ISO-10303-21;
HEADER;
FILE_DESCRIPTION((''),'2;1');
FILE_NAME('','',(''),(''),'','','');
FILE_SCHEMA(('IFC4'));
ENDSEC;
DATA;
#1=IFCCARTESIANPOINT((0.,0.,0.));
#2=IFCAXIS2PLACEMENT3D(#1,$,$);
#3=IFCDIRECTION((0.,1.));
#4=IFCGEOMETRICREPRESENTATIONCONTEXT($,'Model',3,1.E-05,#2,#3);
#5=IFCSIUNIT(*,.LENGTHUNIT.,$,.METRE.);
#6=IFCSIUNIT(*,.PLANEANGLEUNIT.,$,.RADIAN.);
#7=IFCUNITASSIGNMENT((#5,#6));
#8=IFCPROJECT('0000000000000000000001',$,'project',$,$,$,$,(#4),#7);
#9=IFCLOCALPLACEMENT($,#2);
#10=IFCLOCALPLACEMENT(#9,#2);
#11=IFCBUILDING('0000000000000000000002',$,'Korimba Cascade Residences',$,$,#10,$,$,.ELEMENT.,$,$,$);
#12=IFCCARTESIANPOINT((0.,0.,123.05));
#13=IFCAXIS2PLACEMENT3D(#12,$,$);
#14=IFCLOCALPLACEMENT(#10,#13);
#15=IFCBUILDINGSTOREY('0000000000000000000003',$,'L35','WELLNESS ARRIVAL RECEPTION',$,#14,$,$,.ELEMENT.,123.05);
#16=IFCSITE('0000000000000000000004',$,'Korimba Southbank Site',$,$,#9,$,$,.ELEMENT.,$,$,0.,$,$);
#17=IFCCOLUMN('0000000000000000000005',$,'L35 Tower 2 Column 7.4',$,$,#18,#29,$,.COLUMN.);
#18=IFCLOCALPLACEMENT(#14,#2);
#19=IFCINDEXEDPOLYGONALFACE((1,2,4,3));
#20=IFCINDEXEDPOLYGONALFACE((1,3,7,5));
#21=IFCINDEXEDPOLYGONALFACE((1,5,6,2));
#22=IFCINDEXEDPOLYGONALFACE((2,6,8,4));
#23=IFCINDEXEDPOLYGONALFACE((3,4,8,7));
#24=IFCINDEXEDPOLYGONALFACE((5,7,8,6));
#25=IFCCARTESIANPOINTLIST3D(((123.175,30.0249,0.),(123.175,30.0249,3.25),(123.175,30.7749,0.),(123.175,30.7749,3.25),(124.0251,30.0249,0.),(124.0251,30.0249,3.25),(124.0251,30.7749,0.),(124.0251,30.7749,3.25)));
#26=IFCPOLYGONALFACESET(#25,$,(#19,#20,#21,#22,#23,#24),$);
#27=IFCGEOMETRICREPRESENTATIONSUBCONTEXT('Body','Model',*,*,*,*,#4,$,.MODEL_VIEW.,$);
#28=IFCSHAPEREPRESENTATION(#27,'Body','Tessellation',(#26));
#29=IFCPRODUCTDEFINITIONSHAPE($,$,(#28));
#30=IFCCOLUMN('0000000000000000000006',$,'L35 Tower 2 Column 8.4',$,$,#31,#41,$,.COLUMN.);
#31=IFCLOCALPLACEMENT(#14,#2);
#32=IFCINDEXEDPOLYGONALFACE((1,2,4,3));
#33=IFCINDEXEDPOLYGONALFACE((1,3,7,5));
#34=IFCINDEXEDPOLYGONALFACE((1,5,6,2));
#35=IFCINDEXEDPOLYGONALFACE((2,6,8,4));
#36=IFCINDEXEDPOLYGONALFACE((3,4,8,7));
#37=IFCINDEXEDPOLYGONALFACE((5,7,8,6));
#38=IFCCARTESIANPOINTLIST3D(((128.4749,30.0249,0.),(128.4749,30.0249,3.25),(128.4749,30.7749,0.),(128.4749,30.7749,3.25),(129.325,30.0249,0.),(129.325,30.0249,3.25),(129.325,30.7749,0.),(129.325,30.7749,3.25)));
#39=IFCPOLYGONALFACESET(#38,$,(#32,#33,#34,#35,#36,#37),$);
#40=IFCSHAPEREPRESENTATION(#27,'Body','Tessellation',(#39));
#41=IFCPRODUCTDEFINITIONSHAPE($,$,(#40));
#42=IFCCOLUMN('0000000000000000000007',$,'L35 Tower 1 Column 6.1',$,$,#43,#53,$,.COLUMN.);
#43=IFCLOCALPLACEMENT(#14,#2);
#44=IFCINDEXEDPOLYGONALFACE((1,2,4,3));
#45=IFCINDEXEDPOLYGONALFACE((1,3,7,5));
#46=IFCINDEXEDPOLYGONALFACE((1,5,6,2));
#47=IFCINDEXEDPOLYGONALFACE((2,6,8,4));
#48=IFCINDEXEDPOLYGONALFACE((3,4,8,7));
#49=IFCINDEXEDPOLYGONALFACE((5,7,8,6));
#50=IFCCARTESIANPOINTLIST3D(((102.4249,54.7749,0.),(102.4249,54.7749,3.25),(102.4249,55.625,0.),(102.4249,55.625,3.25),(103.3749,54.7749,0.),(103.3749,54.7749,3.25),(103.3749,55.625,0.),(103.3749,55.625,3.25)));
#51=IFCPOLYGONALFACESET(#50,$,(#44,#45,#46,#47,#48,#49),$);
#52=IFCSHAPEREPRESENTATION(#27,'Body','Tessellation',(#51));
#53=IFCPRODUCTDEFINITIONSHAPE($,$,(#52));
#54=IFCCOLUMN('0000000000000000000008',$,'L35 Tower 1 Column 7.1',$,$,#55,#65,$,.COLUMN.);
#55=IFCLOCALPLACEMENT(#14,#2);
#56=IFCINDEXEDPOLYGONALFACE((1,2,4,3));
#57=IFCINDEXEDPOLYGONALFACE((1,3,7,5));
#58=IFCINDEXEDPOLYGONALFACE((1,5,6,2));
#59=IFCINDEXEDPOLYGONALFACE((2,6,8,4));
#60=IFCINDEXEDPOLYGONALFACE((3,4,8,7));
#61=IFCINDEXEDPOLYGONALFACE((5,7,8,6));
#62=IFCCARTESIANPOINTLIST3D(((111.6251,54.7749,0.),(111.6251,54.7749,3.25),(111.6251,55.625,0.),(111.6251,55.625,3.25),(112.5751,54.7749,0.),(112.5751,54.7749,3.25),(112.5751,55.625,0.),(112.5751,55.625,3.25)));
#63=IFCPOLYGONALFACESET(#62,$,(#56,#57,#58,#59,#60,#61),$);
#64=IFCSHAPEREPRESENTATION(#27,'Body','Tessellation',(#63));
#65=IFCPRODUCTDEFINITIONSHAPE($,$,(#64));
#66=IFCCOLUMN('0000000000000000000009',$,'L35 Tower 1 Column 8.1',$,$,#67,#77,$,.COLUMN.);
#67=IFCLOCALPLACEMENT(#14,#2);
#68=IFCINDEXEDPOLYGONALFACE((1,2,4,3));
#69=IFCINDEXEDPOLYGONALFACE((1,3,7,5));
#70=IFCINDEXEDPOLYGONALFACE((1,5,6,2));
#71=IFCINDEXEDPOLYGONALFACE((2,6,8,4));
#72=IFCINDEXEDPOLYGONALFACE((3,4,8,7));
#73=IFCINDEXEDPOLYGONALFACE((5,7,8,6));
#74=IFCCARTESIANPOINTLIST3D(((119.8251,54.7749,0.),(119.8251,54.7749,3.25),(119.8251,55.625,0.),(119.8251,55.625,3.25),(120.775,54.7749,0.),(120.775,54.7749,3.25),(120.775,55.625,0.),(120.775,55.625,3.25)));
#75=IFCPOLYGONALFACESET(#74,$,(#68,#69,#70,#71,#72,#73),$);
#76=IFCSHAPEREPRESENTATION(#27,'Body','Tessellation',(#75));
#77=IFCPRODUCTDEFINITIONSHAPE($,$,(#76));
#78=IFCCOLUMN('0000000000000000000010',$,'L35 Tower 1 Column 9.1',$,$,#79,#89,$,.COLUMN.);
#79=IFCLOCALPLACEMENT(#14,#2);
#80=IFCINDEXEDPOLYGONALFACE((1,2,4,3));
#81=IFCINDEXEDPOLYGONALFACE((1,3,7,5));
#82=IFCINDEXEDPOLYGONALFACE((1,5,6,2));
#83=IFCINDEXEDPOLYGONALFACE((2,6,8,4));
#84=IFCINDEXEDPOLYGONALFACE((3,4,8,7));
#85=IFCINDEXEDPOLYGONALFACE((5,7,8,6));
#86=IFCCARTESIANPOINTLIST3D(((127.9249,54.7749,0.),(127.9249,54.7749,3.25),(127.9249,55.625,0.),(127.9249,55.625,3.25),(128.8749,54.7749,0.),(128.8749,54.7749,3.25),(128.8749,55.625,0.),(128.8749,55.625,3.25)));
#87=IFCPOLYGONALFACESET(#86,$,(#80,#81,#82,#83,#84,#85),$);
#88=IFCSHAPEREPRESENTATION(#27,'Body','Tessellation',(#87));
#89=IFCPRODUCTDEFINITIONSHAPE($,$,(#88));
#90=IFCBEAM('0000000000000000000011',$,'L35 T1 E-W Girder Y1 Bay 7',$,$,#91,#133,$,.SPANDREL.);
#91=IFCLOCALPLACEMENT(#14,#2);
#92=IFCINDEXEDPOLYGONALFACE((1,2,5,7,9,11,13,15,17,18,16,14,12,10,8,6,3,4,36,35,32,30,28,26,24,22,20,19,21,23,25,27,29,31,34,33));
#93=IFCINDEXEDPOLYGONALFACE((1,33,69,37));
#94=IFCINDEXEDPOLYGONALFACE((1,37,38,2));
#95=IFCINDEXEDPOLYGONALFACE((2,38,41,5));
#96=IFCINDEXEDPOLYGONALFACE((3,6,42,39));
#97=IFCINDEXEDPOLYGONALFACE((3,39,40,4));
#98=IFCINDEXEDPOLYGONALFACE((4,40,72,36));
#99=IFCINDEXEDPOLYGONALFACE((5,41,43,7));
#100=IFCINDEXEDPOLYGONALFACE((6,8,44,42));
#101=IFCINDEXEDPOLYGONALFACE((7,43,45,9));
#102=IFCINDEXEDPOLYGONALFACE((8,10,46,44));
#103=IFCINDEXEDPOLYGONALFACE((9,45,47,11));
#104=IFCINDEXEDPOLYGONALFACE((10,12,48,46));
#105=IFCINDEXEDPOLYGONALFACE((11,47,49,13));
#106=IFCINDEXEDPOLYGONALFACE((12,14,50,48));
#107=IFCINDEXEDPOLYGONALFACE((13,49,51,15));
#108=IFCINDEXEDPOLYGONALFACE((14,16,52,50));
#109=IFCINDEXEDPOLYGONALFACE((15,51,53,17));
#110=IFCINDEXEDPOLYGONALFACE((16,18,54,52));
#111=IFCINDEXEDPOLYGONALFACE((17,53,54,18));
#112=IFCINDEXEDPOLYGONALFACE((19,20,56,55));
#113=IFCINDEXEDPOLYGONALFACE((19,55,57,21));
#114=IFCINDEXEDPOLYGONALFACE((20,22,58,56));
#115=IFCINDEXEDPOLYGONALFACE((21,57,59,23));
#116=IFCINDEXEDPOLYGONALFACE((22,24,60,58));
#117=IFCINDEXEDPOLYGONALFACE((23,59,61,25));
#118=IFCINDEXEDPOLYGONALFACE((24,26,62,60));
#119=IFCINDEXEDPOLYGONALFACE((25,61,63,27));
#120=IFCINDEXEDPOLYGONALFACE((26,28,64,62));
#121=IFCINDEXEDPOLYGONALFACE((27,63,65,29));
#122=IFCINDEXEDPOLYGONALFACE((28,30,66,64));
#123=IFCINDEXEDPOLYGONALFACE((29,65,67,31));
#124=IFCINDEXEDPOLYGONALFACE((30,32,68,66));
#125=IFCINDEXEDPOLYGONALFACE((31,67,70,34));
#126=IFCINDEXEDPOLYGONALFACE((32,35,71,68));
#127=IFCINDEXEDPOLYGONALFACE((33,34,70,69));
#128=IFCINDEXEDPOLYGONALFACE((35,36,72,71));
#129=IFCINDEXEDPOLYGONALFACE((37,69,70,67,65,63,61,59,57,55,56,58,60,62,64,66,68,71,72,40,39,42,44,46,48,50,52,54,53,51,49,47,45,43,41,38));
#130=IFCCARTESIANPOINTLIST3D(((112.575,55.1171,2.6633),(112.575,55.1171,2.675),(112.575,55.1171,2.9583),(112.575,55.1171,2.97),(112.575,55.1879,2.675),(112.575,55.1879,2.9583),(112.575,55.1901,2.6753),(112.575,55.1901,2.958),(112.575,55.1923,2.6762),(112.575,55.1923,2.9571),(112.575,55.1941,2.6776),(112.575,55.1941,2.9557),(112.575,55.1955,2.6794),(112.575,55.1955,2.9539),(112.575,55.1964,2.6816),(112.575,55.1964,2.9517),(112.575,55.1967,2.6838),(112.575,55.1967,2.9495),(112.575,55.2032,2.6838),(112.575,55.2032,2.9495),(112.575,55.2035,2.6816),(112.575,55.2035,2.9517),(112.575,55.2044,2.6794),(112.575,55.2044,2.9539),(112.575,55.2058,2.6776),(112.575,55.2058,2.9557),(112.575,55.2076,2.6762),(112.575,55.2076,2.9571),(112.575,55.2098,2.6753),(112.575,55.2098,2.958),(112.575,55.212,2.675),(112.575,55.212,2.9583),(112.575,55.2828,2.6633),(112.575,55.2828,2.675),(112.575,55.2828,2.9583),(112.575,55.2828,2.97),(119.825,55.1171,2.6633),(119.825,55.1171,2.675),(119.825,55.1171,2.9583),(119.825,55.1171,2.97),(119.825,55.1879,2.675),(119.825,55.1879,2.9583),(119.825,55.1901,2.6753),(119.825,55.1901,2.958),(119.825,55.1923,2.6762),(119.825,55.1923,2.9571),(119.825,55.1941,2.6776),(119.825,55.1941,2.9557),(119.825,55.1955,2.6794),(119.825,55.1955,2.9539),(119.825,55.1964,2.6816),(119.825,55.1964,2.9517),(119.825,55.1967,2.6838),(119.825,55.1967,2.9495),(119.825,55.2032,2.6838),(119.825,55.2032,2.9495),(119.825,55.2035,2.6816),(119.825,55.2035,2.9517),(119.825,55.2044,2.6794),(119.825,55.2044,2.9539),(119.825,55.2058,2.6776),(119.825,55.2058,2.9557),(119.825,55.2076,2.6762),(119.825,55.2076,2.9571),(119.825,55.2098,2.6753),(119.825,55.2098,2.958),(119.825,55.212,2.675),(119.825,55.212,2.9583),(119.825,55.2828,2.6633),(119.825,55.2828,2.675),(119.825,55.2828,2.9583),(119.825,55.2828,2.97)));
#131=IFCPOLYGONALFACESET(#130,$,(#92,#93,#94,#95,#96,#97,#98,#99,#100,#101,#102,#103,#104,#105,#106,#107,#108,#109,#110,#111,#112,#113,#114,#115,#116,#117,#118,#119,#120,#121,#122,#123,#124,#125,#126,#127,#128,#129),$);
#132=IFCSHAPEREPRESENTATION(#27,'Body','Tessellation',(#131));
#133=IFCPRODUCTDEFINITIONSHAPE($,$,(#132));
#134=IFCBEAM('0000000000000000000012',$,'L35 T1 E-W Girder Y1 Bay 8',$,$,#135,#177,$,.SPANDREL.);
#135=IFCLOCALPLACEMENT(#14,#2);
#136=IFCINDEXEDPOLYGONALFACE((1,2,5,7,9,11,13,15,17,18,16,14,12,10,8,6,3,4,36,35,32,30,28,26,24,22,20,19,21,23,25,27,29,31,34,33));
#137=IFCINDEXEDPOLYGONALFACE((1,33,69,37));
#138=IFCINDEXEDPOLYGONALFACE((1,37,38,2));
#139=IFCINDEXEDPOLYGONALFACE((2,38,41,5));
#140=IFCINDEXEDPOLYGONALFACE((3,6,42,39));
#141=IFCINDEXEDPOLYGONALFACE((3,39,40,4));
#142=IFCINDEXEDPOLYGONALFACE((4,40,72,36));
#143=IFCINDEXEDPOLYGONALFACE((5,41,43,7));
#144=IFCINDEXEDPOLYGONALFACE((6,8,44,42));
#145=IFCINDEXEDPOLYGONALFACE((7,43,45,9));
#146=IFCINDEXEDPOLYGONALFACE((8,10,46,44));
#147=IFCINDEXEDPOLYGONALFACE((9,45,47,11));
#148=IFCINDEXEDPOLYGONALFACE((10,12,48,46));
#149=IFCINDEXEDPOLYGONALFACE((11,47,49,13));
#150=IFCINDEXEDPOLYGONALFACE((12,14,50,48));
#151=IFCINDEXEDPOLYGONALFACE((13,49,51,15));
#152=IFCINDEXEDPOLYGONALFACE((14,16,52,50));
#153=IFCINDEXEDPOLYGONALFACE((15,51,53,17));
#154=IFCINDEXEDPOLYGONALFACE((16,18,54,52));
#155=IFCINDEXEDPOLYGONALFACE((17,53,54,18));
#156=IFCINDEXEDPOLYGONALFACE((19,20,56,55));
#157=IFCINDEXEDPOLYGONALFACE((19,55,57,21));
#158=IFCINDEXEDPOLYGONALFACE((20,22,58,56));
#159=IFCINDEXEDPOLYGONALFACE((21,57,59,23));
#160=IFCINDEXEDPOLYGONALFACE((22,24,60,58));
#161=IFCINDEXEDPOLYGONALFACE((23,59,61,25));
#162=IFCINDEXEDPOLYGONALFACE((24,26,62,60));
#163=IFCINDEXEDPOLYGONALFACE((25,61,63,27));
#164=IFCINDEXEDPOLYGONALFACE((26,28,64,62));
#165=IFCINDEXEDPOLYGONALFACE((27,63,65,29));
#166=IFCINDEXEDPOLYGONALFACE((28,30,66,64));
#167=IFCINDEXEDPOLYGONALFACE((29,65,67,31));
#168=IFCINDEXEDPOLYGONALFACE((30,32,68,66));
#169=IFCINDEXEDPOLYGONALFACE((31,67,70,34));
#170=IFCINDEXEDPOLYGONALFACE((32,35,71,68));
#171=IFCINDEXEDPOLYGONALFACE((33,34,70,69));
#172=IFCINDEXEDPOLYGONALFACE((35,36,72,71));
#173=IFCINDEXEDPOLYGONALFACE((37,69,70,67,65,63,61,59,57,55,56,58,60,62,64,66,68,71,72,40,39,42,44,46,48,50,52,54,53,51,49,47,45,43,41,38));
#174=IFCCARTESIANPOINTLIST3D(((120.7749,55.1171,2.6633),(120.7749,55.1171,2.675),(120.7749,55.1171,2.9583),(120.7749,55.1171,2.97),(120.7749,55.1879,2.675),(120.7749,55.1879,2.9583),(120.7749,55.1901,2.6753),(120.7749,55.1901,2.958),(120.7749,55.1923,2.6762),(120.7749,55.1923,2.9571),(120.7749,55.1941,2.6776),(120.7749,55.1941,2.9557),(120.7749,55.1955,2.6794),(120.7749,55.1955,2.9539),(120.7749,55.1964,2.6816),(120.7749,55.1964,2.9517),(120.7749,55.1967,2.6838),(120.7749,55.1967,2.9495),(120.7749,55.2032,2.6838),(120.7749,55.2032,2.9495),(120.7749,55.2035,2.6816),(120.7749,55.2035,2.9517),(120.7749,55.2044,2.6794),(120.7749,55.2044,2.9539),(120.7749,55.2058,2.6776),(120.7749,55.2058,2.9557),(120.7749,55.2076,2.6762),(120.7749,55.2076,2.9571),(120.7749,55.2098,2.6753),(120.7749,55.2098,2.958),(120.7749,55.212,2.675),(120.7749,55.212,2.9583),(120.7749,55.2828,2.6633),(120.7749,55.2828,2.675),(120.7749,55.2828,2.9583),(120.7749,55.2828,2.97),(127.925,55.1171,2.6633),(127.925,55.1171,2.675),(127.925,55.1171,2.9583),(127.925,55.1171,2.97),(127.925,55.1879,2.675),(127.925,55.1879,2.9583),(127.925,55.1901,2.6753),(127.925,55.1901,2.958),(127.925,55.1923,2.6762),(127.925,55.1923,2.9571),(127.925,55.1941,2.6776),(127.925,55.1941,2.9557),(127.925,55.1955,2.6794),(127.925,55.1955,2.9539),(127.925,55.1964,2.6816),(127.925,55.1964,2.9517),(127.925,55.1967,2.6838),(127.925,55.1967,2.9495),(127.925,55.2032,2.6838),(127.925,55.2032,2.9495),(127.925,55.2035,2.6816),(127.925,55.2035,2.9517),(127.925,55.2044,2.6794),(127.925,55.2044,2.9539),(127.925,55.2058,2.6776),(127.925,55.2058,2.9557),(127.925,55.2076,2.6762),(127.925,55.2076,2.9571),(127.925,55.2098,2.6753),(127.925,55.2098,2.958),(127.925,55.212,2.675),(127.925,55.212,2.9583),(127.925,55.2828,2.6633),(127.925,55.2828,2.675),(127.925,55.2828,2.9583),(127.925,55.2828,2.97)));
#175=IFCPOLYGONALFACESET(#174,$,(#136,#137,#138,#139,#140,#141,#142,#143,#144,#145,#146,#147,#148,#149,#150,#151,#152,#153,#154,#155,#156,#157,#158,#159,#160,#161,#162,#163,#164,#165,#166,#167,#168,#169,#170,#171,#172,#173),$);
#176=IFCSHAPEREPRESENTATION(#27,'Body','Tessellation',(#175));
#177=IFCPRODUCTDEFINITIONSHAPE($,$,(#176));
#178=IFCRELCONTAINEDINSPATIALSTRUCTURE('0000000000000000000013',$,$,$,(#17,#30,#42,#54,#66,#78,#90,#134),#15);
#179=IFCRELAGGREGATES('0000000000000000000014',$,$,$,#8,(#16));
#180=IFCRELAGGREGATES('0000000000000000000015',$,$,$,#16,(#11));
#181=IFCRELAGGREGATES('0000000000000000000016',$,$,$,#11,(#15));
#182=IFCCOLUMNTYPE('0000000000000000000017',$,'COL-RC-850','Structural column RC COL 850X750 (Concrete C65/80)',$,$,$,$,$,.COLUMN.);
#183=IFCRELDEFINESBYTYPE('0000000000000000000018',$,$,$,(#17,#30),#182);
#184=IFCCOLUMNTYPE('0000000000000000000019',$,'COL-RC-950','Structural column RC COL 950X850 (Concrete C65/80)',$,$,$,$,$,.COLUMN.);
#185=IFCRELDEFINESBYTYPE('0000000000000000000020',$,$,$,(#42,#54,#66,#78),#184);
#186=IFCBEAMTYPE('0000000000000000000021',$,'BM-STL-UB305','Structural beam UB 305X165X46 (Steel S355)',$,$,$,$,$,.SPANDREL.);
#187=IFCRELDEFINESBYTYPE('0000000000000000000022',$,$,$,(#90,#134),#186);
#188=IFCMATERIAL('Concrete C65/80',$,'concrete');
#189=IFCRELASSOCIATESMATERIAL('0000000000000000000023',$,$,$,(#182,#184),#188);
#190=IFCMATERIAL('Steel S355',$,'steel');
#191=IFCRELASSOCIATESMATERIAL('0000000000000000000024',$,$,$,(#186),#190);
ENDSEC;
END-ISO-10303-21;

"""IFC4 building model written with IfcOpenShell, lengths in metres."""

from ifc_helpers import new_model, si_unit, direction, frame, origin, origin_2d, place, context, subcontext, project, spatial, rectangle, i_section, extrude, material, material_profile, profile_set, type_object, element, save


model = new_model("IFC4")

# Units and contexts
model_context = context("Model", 3, precision=1e-05, world=origin(), true_north=direction((0.0, 1.0)))
body_context = subcontext(model_context, "Body", "Model", "MODEL_VIEW")
ifc_project = project(units=[si_unit("LENGTHUNIT", "METRE"), si_unit("PLANEANGLEUNIT", "RADIAN")], contexts=[model_context])

# Site, building, storey
site_placement = place(None, origin())
site = spatial("IfcSite", under=ifc_project, at=site_placement, Name="Korimba Southbank Site", CompositionType="ELEMENT", RefElevation=0.0)
building_placement = place(site_placement, origin())
building = spatial("IfcBuilding", under=site, at=building_placement, Name="Korimba Cascade Residences", CompositionType="ELEMENT")
storey_placement = place(building_placement, frame((0.0, 0.0, 123.05)))
storey = spatial("IfcBuildingStorey", under=building, at=storey_placement, Name="L35", Description="WELLNESS ARRIVAL RECEPTION", CompositionType="ELEMENT", Elevation=123.05)

# Columns
ifc_material_1 = material(Name="Concrete C65/80", Category="concrete")
ifc_material_profile_1 = material_profile(ifc_material_1, rectangle(XDim=0.8501, YDim=0.75, at=origin_2d()), Name="Concrete C65/80")
ifc_profile_set_1 = profile_set([ifc_material_profile_1], Name="Concrete C65/80")
column_type_1 = type_object("IfcColumnType", Name="COL-RC-850", Description="Structural column RC COL 850X750 (Concrete C65/80)", PredefinedType="COLUMN", material=ifc_profile_set_1)
for number, where, z_axis, x_axis, name in (
    (1, (123.6001, 30.3999, 0.0), (0.0, 0.0, 1.0), (1.0, 0.0, 0.0), "L35 Tower 2 Column 7.4"),
    (2, (128.8999, 30.3999, 0.0), (0.0, 0.0, 1.0), (1.0, 0.0, 0.0), "L35 Tower 2 Column 8.4"),
):
    element("IfcColumn", number, at=place(storey_placement, frame(where, z_axis=z_axis, x_axis=x_axis)), inside=storey, type_object=column_type_1, Name=name, PredefinedType="COLUMN", context=body_context, shape_type="SweptSolid", body=[
        extrude(rectangle(XDim=0.8501, YDim=0.75, at=origin_2d()), origin(), (0.0, 0.0, 1.0), 3.25),
    ])
ifc_material_profile_2 = material_profile(ifc_material_1, rectangle(XDim=0.95, YDim=0.8501, at=origin_2d()), Name="Concrete C65/80")
ifc_profile_set_2 = profile_set([ifc_material_profile_2], Name="Concrete C65/80")
column_type_2 = type_object("IfcColumnType", Name="COL-RC-950", Description="Structural column RC COL 950X850 (Concrete C65/80)", PredefinedType="COLUMN", material=ifc_profile_set_2)
for number, where, z_axis, x_axis, name in (
    (3, (102.8999, 55.2, 0.0), (0.0, 0.0, 1.0), (1.0, 0.0, 0.0), "L35 Tower 1 Column 6.1"),
    (4, (112.1001, 55.2, 0.0), (0.0, 0.0, 1.0), (1.0, 0.0, 0.0), "L35 Tower 1 Column 7.1"),
    (5, (120.3, 55.2, 0.0), (0.0, 0.0, 1.0), (1.0, 0.0, 0.0), "L35 Tower 1 Column 8.1"),
    (6, (128.3999, 55.2, 0.0), (0.0, 0.0, 1.0), (1.0, 0.0, 0.0), "L35 Tower 1 Column 9.1"),
):
    element("IfcColumn", number, at=place(storey_placement, frame(where, z_axis=z_axis, x_axis=x_axis)), inside=storey, type_object=column_type_2, Name=name, PredefinedType="COLUMN", context=body_context, shape_type="SweptSolid", body=[
        extrude(rectangle(XDim=0.95, YDim=0.8501, at=origin_2d()), origin(), (0.0, 0.0, 1.0), 3.25),
    ])

# Beams
ifc_material_2 = material(Name="Steel S355", Category="steel")
ifc_material_profile_3 = material_profile(ifc_material_2, i_section(OverallWidth=0.1658, OverallDepth=0.3066, WebThickness=0.0066, FlangeThickness=0.0117, FilletRadius=0.0088, at=origin_2d()), Name="Steel S355")
ifc_profile_set_3 = profile_set([ifc_material_profile_3], Name="Steel S355")
beam_type_1 = type_object("IfcBeamType", Name="BM-STL-UB305", Description="Structural beam UB 305X165X46 (Steel S355)", PredefinedType="SPANDREL", material=ifc_profile_set_3)
beam_1_placement = place(storey_placement, frame((112.575, 55.2, 2.8167), z_axis=(1.0, 0.0, 0.0), x_axis=(0.0, 1.0, 0.0)))
element("IfcBeam", 7, at=beam_1_placement, inside=storey, type_object=beam_type_1, Name="L35 T1 E-W Girder Y1 Bay 7", PredefinedType="SPANDREL", context=body_context, shape_type="SweptSolid", body=[
    extrude(i_section(OverallWidth=0.1658, OverallDepth=0.3066, WebThickness=0.0066, FlangeThickness=0.0117, FilletRadius=0.0088, at=origin_2d()), origin(), (0.0, 0.0, 1.0), 7.25),
])
beam_2_placement = place(storey_placement, frame((120.7749, 55.2, 2.8167), z_axis=(1.0, 0.0, 0.0), x_axis=(0.0, 1.0, 0.0)))
element("IfcBeam", 8, at=beam_2_placement, inside=storey, type_object=beam_type_1, Name="L35 T1 E-W Girder Y1 Bay 8", PredefinedType="SPANDREL", context=body_context, shape_type="SweptSolid", body=[
    extrude(i_section(OverallWidth=0.1658, OverallDepth=0.3066, WebThickness=0.0066, FlangeThickness=0.0117, FilletRadius=0.0088, at=origin_2d()), origin(), (0.0, 0.0, 1.0), 7.1501),
])

save(model, "model.ifc")
